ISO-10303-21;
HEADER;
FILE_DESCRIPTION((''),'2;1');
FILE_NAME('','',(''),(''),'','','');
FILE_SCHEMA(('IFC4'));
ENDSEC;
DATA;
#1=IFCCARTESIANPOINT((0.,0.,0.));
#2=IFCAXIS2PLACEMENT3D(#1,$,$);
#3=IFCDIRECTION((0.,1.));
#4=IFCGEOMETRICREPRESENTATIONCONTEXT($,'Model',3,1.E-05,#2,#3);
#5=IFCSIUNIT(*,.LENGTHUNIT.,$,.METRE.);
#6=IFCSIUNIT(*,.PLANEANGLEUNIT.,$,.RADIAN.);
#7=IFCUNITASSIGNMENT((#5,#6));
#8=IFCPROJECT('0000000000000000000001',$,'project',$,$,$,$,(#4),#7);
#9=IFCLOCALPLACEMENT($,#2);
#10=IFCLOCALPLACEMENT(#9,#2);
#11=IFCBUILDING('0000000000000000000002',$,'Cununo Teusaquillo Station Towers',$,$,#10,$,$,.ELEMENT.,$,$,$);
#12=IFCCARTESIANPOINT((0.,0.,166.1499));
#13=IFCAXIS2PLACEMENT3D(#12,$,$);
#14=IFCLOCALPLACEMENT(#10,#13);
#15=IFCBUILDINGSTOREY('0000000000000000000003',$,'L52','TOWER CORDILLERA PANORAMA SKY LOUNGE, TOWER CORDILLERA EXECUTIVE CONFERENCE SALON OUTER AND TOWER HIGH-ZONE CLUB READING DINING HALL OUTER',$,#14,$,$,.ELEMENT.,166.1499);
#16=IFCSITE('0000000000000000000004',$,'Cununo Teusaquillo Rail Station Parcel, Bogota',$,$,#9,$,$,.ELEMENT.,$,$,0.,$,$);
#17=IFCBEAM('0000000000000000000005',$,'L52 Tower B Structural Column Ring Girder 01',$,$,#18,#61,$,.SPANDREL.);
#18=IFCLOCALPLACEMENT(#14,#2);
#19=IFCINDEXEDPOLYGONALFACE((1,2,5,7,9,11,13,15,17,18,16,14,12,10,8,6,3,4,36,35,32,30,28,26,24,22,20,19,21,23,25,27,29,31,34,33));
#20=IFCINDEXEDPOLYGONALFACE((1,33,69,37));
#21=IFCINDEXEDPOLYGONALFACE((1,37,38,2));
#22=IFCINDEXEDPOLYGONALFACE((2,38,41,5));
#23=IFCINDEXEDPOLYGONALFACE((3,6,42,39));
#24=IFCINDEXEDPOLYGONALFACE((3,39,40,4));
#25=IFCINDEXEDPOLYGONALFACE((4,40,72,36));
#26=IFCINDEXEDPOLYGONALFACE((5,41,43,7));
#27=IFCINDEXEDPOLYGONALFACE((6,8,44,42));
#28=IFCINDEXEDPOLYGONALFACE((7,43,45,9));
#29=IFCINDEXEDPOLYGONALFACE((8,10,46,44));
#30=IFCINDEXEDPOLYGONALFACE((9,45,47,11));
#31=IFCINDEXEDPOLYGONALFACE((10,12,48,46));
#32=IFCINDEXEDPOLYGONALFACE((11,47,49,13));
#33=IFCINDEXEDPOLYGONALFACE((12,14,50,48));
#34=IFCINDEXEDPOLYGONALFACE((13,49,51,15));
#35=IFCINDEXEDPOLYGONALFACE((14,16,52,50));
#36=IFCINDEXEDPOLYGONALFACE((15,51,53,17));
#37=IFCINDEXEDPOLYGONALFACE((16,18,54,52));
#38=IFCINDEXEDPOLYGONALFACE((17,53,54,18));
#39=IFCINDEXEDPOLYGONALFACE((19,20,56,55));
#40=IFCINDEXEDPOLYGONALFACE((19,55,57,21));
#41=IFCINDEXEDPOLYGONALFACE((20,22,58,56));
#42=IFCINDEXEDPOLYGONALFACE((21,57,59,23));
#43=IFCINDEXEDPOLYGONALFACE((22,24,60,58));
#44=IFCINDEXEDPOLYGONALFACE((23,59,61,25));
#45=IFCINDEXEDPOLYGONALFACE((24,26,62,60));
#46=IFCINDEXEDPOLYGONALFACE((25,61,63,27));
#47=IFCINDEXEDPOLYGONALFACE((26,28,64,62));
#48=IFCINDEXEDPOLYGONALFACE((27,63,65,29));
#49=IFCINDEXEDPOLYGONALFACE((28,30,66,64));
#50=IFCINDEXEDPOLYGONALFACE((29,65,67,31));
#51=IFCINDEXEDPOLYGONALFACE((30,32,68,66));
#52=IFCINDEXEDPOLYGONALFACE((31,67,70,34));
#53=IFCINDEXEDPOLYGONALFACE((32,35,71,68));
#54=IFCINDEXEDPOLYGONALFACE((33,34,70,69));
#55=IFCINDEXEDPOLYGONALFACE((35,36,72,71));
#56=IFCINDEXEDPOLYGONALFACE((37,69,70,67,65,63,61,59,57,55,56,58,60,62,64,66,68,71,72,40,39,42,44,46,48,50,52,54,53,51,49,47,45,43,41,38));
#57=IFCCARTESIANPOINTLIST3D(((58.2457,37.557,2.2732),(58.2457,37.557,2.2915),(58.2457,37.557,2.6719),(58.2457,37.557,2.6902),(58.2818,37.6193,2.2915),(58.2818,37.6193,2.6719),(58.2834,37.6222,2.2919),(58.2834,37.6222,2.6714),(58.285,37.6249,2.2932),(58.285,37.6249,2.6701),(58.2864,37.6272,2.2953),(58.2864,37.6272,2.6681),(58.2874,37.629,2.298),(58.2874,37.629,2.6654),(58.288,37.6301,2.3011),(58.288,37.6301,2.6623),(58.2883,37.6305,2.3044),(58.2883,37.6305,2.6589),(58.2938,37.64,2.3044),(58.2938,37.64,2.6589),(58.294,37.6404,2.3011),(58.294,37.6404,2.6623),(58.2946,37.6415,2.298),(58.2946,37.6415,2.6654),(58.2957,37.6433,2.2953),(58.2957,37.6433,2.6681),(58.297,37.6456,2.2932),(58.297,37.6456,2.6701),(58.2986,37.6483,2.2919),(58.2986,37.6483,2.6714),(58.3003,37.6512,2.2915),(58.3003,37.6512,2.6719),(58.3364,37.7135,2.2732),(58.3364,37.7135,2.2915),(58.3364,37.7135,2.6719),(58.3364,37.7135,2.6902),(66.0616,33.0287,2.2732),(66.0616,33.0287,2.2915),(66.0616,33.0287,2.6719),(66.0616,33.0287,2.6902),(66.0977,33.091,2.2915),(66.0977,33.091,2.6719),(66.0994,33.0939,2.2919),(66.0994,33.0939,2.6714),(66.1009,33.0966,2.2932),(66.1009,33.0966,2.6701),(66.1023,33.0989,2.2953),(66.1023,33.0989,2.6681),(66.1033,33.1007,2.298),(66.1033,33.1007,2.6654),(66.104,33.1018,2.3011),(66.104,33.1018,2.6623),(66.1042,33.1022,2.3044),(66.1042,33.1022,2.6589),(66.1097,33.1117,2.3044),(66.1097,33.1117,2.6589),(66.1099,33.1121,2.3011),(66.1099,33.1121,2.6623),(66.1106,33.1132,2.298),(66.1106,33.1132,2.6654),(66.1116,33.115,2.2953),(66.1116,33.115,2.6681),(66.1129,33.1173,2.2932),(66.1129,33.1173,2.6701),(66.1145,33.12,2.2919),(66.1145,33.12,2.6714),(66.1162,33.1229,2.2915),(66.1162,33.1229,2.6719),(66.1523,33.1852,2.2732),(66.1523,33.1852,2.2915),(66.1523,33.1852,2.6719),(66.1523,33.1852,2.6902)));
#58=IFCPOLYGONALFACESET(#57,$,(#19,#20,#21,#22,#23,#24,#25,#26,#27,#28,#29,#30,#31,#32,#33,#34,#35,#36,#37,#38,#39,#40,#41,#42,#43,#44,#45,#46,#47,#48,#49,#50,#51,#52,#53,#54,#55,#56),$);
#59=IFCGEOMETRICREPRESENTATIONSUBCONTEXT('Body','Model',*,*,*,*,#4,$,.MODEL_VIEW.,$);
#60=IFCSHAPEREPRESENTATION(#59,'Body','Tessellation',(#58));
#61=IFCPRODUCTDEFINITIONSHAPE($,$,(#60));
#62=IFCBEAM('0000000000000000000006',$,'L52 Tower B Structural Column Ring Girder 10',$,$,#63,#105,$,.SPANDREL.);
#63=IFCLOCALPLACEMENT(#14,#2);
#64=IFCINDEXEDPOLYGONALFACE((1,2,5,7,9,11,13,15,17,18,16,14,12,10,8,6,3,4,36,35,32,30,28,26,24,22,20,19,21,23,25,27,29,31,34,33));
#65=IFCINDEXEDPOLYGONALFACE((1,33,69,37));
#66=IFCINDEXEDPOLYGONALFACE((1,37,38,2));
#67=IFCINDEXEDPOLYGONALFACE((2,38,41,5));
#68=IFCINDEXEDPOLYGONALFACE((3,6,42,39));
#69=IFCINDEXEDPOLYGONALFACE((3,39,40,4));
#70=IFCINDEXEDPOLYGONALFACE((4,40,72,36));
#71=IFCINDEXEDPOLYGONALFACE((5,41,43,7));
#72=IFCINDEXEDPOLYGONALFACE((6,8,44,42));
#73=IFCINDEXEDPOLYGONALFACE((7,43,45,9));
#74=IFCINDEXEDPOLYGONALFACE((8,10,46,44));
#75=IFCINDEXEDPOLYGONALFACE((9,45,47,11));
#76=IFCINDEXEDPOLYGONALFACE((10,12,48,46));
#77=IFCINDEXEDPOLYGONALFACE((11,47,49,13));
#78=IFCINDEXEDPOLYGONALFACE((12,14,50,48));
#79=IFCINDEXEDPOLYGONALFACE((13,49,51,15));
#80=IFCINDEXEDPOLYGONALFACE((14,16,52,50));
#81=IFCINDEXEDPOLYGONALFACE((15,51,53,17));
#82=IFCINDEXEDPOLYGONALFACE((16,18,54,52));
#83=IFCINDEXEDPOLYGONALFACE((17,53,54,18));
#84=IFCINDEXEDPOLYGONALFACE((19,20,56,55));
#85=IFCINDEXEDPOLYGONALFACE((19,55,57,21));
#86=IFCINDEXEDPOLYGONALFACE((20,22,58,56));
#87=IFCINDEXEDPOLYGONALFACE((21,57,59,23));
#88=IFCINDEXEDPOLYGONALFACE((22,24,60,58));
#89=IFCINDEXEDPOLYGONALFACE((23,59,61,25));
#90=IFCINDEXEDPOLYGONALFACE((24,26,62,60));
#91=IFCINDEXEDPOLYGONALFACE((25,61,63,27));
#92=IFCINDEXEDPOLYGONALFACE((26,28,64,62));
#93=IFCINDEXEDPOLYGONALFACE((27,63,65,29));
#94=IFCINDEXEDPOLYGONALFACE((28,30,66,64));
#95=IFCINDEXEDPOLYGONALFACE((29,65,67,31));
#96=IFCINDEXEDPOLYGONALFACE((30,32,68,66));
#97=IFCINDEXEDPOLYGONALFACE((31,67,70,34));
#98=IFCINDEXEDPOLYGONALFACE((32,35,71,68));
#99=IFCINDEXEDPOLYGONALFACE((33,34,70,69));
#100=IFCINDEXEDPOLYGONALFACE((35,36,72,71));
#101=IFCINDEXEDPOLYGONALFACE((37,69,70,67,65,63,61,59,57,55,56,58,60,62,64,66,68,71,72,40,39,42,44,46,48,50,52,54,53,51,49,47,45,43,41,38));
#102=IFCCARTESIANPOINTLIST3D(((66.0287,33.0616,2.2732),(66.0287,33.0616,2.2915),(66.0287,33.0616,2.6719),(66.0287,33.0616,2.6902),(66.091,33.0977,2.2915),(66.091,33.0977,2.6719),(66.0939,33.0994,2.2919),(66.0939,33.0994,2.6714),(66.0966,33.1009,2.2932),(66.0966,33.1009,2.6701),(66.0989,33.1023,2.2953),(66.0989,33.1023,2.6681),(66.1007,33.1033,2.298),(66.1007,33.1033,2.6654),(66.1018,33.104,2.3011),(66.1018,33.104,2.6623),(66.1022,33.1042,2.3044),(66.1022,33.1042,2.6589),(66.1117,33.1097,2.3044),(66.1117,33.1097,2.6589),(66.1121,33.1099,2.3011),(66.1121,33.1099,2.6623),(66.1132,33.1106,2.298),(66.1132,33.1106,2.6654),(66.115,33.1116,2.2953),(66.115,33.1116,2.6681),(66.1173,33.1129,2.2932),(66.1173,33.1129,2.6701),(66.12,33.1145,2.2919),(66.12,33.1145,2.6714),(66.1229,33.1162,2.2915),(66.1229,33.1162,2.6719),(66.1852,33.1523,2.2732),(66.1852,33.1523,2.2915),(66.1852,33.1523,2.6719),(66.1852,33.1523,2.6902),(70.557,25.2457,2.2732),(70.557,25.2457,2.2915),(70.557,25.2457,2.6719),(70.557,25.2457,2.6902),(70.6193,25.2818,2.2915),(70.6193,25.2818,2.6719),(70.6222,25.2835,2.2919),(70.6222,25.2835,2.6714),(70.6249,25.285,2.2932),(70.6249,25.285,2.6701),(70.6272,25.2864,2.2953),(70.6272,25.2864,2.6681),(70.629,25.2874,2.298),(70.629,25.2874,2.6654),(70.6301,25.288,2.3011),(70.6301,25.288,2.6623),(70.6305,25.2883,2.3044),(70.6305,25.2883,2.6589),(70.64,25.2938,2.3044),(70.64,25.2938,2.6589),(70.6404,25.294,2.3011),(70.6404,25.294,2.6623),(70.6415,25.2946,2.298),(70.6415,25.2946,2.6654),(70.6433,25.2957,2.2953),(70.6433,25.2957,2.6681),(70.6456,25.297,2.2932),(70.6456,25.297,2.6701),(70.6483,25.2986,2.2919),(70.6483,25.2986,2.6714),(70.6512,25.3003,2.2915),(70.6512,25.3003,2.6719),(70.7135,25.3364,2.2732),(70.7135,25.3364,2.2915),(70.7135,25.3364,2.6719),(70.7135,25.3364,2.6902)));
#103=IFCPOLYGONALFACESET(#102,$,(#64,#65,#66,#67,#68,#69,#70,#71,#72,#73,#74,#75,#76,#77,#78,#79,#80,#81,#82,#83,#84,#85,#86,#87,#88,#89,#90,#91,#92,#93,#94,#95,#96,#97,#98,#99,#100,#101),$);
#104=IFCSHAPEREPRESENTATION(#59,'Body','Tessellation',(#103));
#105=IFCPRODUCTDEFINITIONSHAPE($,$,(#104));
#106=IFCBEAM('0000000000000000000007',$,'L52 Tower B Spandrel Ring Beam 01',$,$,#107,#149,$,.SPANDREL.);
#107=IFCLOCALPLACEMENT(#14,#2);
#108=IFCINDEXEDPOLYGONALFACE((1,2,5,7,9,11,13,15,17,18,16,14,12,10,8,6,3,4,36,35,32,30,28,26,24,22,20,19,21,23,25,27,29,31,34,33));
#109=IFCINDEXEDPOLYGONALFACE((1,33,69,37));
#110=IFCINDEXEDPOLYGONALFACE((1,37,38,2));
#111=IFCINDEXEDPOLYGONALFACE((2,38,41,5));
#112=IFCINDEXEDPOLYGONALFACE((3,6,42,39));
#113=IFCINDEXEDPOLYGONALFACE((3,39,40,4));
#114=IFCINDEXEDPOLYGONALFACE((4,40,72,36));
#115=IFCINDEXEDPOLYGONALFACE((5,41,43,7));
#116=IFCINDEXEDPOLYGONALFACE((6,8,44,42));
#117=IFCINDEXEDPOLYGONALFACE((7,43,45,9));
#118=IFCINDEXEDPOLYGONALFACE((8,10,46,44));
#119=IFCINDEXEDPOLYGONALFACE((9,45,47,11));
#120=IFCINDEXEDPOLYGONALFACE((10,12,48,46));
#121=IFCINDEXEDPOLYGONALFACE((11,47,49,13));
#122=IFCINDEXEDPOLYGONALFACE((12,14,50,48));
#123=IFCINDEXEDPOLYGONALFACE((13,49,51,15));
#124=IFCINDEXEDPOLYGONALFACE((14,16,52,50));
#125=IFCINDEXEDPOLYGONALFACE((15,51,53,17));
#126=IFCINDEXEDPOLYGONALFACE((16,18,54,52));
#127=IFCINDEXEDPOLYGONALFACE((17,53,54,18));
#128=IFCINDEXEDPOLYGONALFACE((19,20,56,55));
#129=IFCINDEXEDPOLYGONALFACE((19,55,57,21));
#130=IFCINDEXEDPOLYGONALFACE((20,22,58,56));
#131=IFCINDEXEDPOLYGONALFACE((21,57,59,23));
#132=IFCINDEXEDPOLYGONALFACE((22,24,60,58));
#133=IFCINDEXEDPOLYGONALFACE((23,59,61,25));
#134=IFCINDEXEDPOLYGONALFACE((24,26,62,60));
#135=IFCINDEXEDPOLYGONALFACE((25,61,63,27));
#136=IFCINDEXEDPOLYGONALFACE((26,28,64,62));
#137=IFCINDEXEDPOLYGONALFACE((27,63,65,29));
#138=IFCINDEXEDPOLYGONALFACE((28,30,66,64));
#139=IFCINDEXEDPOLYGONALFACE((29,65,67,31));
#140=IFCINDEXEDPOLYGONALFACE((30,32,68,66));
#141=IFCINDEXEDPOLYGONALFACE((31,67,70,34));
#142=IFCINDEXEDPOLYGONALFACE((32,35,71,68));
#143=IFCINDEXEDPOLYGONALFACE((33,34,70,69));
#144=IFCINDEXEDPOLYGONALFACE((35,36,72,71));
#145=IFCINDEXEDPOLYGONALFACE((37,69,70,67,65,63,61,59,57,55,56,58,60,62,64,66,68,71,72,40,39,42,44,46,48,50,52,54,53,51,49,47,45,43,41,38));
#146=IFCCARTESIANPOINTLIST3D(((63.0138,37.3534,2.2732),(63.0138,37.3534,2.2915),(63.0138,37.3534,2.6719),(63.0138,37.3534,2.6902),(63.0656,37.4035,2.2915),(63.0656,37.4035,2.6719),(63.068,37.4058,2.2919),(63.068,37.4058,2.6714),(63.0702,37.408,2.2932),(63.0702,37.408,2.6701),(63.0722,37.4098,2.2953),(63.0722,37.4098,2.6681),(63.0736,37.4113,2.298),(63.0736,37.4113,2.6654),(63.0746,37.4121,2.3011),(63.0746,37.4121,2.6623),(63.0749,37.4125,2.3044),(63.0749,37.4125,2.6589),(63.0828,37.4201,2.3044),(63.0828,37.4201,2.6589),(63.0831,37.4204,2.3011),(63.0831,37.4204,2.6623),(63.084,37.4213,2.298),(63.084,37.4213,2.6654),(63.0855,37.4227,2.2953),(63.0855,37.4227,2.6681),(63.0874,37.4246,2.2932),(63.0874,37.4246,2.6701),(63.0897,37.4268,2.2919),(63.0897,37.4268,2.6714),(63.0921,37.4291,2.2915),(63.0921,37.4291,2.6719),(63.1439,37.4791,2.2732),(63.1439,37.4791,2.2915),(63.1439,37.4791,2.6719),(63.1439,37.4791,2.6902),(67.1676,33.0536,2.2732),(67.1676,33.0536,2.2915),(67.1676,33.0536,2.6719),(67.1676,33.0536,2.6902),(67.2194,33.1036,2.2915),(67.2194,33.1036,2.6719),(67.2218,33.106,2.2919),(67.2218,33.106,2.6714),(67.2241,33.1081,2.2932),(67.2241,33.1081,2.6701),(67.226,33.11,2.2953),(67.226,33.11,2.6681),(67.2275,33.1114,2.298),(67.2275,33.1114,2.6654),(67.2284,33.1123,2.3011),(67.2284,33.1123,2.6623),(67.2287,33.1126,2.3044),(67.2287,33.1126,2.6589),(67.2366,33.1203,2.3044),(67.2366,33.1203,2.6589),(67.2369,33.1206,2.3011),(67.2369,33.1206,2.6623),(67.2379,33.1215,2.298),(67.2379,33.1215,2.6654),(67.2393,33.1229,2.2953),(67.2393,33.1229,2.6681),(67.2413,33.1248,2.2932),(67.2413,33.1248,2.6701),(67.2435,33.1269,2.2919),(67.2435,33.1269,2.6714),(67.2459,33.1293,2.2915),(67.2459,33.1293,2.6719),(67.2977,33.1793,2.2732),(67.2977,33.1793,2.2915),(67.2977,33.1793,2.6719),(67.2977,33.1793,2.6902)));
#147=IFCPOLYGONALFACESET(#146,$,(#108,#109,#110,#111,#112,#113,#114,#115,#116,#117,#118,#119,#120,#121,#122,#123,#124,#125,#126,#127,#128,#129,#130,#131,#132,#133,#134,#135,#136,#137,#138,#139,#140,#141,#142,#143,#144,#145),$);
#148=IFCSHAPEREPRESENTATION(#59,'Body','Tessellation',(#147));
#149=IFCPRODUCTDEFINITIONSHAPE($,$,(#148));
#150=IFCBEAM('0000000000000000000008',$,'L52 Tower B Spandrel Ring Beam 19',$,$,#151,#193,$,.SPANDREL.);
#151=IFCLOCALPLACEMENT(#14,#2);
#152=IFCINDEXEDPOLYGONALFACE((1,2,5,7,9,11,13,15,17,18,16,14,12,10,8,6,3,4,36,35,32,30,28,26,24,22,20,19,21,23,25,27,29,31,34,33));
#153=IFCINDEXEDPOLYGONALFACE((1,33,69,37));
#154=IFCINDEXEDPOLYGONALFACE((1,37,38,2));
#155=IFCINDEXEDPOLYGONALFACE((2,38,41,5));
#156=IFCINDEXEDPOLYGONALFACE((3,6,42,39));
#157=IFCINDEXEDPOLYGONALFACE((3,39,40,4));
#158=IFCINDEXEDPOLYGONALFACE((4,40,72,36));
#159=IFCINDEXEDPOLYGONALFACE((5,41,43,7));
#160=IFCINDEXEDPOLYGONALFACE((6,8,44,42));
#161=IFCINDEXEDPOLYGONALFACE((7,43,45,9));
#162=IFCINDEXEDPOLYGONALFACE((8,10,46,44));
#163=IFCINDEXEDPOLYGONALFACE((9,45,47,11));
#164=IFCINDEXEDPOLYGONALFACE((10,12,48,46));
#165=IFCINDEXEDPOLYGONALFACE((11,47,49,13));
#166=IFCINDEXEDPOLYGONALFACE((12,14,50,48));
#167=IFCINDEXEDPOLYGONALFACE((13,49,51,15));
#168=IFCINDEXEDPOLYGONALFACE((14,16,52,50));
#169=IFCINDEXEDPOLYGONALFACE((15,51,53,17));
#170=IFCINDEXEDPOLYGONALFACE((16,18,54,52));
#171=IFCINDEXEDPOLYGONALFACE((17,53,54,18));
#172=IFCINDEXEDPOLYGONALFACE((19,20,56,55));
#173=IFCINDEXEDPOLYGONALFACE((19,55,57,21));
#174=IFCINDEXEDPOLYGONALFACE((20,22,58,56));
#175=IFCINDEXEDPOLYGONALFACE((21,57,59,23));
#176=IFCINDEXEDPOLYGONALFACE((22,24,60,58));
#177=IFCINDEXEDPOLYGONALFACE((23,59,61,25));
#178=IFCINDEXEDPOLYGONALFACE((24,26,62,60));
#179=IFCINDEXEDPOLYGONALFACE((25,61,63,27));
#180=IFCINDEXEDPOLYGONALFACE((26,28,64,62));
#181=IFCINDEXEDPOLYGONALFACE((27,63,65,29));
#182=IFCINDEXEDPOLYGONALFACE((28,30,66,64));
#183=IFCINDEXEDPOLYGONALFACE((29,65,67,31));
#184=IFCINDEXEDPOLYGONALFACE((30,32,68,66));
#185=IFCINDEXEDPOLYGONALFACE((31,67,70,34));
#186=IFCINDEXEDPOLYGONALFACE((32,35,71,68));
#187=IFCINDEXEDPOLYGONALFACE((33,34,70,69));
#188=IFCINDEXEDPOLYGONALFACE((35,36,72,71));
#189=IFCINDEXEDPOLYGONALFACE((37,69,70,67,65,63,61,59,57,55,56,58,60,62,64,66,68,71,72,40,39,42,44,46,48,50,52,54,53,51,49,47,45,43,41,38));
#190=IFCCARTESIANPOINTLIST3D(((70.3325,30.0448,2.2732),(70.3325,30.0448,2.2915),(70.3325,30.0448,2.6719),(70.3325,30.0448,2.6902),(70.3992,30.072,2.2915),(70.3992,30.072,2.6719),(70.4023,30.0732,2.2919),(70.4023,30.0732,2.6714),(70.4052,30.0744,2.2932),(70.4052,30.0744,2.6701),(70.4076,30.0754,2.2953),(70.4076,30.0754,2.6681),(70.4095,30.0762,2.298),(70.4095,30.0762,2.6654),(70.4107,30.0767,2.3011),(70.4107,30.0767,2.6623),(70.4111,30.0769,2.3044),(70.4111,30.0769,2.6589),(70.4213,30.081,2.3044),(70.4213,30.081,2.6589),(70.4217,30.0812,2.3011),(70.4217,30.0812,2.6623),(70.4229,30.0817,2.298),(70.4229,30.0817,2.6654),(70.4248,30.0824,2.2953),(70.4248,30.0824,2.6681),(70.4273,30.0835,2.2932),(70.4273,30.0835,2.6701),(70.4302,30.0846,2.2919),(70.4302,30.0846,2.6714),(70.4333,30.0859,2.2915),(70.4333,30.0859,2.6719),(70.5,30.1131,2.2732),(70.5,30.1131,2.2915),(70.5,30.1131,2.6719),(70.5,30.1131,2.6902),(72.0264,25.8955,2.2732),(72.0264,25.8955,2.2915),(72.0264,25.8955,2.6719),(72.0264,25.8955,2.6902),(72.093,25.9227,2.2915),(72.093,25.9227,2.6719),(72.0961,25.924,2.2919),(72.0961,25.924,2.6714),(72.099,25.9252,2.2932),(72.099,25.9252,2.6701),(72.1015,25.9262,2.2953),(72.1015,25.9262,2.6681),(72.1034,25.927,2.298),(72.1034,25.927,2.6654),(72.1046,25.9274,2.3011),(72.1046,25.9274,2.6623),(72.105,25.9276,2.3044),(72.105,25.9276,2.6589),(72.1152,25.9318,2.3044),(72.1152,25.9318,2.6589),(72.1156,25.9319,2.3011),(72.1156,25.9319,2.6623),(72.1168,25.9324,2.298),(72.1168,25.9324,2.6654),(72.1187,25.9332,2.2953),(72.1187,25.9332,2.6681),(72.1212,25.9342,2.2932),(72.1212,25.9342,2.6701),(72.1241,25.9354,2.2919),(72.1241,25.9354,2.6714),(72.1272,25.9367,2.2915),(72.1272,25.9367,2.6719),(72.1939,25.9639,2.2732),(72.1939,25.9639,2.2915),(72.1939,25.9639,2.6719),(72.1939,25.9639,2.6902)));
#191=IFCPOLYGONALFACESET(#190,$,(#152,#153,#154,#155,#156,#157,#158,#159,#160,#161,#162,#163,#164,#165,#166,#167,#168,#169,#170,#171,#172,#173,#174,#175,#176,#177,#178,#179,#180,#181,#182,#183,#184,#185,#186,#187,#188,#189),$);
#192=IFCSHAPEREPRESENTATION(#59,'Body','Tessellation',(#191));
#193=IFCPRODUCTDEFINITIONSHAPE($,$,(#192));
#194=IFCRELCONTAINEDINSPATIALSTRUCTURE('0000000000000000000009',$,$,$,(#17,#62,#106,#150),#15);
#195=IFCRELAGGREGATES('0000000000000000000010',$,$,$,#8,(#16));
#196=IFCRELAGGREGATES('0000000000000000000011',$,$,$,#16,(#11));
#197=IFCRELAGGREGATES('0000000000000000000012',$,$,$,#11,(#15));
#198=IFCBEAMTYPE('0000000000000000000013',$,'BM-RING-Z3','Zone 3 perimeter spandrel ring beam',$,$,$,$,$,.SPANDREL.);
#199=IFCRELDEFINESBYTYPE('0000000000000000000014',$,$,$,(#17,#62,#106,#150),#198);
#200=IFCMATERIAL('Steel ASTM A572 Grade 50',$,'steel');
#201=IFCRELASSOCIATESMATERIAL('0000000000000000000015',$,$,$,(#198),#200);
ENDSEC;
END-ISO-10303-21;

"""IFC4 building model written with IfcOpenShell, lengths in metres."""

from ifc_helpers import new_model, si_unit, direction, frame, origin, origin_2d, place, context, subcontext, project, spatial, i_section, extrude, material, material_profile, profile_set, type_object, element, save


model = new_model("IFC4")

# Units and contexts
model_context = context("Model", 3, precision=1e-05, world=origin(), true_north=direction((0.0, 1.0)))
body_context = subcontext(model_context, "Body", "Model", "MODEL_VIEW")
ifc_project = project(units=[si_unit("LENGTHUNIT", "METRE"), si_unit("PLANEANGLEUNIT", "RADIAN")], contexts=[model_context])

# Site, building, storey
site_placement = place(None, origin())
site = spatial("IfcSite", under=ifc_project, at=site_placement, Name="Cununo Teusaquillo Rail Station Parcel, Bogota", CompositionType="ELEMENT", RefElevation=0.0)
building_placement = place(site_placement, origin())
building = spatial("IfcBuilding", under=site, at=building_placement, Name="Cununo Teusaquillo Station Towers", CompositionType="ELEMENT")
storey_placement = place(building_placement, frame((0.0, 0.0, 166.1499)))
storey = spatial("IfcBuildingStorey", under=building, at=storey_placement, Name="L52", Description="TOWER CORDILLERA PANORAMA SKY LOUNGE, TOWER CORDILLERA EXECUTIVE CONFERENCE SALON OUTER AND TOWER HIGH-ZONE CLUB READING DINING HALL OUTER", CompositionType="ELEMENT", Elevation=166.1499)

# Beams
ifc_material_1 = material(Name="Steel ASTM A572 Grade 50", Category="steel")
ifc_material_profile_1 = material_profile(ifc_material_1, i_section(OverallWidth=0.1809, OverallDepth=0.417, WebThickness=0.011, FlangeThickness=0.0183, FilletRadius=0.0129, at=origin_2d()), Name="W16X57")
ifc_profile_set_1 = profile_set([ifc_material_profile_1], Name="Steel ASTM A572 Grade 50")
beam_type_1 = type_object("IfcBeamType", Name="BM-RING-Z3", Description="Zone 3 perimeter spandrel ring beam", PredefinedType="SPANDREL", material=ifc_profile_set_1)
for number, where, z_axis, x_axis, name in (
    (1, (66.1069, 33.1069, 2.4817), (-0.865267, 0.501311, 0.0), (-0.501311, -0.865267, 0.0), "L52 Tower B Structural Column Ring Girder 01"),
    (2, (70.6353, 25.291, 2.4817), (-0.501311, 0.865267, 0.0), (-0.865267, -0.501311, 0.0), "L52 Tower B Structural Column Ring Girder 10"),
):
    element("IfcBeam", number, at=place(storey_placement, frame(where, z_axis=z_axis, x_axis=x_axis)), inside=storey, type_object=beam_type_1, Name=name, PredefinedType="SPANDREL", context=body_context, shape_type="SweptSolid", body=[
        extrude(i_section(OverallWidth=0.1809, OverallDepth=0.417, WebThickness=0.011, FlangeThickness=0.0183, FilletRadius=0.0129, at=origin_2d()), origin(), (0.0, 0.0, 1.0), 9.033),
    ])
beam_1_placement = place(storey_placement, frame((67.2327, 33.1165, 2.4817), z_axis=(-0.694791, 0.719211, 0.0), x_axis=(-0.719211, -0.694791, 0.0)))
element("IfcBeam", 3, at=beam_1_placement, inside=storey, type_object=beam_type_1, Name="L52 Tower B Spandrel Ring Beam 01", PredefinedType="SPANDREL", context=body_context, shape_type="SweptSolid", body=[
    extrude(i_section(OverallWidth=0.1809, OverallDepth=0.417, WebThickness=0.011, FlangeThickness=0.0183, FilletRadius=0.0129, at=origin_2d()), origin(), (0.0, 0.0, 1.0), 5.9785),
])
beam_2_placement = place(storey_placement, frame((72.1101, 25.9297, 2.4817), z_axis=(-0.377956, 0.925824, 0.0), x_axis=(-0.925824, -0.377956, 0.0)))
element("IfcBeam", 4, at=beam_2_placement, inside=storey, type_object=beam_type_1, Name="L52 Tower B Spandrel Ring Beam 19", PredefinedType="SPANDREL", context=body_context, shape_type="SweptSolid", body=[
    extrude(i_section(OverallWidth=0.1809, OverallDepth=0.417, WebThickness=0.011, FlangeThickness=0.0183, FilletRadius=0.0129, at=origin_2d()), origin(), (0.0, 0.0, 1.0), 4.4817),
])

save(model, "model.ifc")
